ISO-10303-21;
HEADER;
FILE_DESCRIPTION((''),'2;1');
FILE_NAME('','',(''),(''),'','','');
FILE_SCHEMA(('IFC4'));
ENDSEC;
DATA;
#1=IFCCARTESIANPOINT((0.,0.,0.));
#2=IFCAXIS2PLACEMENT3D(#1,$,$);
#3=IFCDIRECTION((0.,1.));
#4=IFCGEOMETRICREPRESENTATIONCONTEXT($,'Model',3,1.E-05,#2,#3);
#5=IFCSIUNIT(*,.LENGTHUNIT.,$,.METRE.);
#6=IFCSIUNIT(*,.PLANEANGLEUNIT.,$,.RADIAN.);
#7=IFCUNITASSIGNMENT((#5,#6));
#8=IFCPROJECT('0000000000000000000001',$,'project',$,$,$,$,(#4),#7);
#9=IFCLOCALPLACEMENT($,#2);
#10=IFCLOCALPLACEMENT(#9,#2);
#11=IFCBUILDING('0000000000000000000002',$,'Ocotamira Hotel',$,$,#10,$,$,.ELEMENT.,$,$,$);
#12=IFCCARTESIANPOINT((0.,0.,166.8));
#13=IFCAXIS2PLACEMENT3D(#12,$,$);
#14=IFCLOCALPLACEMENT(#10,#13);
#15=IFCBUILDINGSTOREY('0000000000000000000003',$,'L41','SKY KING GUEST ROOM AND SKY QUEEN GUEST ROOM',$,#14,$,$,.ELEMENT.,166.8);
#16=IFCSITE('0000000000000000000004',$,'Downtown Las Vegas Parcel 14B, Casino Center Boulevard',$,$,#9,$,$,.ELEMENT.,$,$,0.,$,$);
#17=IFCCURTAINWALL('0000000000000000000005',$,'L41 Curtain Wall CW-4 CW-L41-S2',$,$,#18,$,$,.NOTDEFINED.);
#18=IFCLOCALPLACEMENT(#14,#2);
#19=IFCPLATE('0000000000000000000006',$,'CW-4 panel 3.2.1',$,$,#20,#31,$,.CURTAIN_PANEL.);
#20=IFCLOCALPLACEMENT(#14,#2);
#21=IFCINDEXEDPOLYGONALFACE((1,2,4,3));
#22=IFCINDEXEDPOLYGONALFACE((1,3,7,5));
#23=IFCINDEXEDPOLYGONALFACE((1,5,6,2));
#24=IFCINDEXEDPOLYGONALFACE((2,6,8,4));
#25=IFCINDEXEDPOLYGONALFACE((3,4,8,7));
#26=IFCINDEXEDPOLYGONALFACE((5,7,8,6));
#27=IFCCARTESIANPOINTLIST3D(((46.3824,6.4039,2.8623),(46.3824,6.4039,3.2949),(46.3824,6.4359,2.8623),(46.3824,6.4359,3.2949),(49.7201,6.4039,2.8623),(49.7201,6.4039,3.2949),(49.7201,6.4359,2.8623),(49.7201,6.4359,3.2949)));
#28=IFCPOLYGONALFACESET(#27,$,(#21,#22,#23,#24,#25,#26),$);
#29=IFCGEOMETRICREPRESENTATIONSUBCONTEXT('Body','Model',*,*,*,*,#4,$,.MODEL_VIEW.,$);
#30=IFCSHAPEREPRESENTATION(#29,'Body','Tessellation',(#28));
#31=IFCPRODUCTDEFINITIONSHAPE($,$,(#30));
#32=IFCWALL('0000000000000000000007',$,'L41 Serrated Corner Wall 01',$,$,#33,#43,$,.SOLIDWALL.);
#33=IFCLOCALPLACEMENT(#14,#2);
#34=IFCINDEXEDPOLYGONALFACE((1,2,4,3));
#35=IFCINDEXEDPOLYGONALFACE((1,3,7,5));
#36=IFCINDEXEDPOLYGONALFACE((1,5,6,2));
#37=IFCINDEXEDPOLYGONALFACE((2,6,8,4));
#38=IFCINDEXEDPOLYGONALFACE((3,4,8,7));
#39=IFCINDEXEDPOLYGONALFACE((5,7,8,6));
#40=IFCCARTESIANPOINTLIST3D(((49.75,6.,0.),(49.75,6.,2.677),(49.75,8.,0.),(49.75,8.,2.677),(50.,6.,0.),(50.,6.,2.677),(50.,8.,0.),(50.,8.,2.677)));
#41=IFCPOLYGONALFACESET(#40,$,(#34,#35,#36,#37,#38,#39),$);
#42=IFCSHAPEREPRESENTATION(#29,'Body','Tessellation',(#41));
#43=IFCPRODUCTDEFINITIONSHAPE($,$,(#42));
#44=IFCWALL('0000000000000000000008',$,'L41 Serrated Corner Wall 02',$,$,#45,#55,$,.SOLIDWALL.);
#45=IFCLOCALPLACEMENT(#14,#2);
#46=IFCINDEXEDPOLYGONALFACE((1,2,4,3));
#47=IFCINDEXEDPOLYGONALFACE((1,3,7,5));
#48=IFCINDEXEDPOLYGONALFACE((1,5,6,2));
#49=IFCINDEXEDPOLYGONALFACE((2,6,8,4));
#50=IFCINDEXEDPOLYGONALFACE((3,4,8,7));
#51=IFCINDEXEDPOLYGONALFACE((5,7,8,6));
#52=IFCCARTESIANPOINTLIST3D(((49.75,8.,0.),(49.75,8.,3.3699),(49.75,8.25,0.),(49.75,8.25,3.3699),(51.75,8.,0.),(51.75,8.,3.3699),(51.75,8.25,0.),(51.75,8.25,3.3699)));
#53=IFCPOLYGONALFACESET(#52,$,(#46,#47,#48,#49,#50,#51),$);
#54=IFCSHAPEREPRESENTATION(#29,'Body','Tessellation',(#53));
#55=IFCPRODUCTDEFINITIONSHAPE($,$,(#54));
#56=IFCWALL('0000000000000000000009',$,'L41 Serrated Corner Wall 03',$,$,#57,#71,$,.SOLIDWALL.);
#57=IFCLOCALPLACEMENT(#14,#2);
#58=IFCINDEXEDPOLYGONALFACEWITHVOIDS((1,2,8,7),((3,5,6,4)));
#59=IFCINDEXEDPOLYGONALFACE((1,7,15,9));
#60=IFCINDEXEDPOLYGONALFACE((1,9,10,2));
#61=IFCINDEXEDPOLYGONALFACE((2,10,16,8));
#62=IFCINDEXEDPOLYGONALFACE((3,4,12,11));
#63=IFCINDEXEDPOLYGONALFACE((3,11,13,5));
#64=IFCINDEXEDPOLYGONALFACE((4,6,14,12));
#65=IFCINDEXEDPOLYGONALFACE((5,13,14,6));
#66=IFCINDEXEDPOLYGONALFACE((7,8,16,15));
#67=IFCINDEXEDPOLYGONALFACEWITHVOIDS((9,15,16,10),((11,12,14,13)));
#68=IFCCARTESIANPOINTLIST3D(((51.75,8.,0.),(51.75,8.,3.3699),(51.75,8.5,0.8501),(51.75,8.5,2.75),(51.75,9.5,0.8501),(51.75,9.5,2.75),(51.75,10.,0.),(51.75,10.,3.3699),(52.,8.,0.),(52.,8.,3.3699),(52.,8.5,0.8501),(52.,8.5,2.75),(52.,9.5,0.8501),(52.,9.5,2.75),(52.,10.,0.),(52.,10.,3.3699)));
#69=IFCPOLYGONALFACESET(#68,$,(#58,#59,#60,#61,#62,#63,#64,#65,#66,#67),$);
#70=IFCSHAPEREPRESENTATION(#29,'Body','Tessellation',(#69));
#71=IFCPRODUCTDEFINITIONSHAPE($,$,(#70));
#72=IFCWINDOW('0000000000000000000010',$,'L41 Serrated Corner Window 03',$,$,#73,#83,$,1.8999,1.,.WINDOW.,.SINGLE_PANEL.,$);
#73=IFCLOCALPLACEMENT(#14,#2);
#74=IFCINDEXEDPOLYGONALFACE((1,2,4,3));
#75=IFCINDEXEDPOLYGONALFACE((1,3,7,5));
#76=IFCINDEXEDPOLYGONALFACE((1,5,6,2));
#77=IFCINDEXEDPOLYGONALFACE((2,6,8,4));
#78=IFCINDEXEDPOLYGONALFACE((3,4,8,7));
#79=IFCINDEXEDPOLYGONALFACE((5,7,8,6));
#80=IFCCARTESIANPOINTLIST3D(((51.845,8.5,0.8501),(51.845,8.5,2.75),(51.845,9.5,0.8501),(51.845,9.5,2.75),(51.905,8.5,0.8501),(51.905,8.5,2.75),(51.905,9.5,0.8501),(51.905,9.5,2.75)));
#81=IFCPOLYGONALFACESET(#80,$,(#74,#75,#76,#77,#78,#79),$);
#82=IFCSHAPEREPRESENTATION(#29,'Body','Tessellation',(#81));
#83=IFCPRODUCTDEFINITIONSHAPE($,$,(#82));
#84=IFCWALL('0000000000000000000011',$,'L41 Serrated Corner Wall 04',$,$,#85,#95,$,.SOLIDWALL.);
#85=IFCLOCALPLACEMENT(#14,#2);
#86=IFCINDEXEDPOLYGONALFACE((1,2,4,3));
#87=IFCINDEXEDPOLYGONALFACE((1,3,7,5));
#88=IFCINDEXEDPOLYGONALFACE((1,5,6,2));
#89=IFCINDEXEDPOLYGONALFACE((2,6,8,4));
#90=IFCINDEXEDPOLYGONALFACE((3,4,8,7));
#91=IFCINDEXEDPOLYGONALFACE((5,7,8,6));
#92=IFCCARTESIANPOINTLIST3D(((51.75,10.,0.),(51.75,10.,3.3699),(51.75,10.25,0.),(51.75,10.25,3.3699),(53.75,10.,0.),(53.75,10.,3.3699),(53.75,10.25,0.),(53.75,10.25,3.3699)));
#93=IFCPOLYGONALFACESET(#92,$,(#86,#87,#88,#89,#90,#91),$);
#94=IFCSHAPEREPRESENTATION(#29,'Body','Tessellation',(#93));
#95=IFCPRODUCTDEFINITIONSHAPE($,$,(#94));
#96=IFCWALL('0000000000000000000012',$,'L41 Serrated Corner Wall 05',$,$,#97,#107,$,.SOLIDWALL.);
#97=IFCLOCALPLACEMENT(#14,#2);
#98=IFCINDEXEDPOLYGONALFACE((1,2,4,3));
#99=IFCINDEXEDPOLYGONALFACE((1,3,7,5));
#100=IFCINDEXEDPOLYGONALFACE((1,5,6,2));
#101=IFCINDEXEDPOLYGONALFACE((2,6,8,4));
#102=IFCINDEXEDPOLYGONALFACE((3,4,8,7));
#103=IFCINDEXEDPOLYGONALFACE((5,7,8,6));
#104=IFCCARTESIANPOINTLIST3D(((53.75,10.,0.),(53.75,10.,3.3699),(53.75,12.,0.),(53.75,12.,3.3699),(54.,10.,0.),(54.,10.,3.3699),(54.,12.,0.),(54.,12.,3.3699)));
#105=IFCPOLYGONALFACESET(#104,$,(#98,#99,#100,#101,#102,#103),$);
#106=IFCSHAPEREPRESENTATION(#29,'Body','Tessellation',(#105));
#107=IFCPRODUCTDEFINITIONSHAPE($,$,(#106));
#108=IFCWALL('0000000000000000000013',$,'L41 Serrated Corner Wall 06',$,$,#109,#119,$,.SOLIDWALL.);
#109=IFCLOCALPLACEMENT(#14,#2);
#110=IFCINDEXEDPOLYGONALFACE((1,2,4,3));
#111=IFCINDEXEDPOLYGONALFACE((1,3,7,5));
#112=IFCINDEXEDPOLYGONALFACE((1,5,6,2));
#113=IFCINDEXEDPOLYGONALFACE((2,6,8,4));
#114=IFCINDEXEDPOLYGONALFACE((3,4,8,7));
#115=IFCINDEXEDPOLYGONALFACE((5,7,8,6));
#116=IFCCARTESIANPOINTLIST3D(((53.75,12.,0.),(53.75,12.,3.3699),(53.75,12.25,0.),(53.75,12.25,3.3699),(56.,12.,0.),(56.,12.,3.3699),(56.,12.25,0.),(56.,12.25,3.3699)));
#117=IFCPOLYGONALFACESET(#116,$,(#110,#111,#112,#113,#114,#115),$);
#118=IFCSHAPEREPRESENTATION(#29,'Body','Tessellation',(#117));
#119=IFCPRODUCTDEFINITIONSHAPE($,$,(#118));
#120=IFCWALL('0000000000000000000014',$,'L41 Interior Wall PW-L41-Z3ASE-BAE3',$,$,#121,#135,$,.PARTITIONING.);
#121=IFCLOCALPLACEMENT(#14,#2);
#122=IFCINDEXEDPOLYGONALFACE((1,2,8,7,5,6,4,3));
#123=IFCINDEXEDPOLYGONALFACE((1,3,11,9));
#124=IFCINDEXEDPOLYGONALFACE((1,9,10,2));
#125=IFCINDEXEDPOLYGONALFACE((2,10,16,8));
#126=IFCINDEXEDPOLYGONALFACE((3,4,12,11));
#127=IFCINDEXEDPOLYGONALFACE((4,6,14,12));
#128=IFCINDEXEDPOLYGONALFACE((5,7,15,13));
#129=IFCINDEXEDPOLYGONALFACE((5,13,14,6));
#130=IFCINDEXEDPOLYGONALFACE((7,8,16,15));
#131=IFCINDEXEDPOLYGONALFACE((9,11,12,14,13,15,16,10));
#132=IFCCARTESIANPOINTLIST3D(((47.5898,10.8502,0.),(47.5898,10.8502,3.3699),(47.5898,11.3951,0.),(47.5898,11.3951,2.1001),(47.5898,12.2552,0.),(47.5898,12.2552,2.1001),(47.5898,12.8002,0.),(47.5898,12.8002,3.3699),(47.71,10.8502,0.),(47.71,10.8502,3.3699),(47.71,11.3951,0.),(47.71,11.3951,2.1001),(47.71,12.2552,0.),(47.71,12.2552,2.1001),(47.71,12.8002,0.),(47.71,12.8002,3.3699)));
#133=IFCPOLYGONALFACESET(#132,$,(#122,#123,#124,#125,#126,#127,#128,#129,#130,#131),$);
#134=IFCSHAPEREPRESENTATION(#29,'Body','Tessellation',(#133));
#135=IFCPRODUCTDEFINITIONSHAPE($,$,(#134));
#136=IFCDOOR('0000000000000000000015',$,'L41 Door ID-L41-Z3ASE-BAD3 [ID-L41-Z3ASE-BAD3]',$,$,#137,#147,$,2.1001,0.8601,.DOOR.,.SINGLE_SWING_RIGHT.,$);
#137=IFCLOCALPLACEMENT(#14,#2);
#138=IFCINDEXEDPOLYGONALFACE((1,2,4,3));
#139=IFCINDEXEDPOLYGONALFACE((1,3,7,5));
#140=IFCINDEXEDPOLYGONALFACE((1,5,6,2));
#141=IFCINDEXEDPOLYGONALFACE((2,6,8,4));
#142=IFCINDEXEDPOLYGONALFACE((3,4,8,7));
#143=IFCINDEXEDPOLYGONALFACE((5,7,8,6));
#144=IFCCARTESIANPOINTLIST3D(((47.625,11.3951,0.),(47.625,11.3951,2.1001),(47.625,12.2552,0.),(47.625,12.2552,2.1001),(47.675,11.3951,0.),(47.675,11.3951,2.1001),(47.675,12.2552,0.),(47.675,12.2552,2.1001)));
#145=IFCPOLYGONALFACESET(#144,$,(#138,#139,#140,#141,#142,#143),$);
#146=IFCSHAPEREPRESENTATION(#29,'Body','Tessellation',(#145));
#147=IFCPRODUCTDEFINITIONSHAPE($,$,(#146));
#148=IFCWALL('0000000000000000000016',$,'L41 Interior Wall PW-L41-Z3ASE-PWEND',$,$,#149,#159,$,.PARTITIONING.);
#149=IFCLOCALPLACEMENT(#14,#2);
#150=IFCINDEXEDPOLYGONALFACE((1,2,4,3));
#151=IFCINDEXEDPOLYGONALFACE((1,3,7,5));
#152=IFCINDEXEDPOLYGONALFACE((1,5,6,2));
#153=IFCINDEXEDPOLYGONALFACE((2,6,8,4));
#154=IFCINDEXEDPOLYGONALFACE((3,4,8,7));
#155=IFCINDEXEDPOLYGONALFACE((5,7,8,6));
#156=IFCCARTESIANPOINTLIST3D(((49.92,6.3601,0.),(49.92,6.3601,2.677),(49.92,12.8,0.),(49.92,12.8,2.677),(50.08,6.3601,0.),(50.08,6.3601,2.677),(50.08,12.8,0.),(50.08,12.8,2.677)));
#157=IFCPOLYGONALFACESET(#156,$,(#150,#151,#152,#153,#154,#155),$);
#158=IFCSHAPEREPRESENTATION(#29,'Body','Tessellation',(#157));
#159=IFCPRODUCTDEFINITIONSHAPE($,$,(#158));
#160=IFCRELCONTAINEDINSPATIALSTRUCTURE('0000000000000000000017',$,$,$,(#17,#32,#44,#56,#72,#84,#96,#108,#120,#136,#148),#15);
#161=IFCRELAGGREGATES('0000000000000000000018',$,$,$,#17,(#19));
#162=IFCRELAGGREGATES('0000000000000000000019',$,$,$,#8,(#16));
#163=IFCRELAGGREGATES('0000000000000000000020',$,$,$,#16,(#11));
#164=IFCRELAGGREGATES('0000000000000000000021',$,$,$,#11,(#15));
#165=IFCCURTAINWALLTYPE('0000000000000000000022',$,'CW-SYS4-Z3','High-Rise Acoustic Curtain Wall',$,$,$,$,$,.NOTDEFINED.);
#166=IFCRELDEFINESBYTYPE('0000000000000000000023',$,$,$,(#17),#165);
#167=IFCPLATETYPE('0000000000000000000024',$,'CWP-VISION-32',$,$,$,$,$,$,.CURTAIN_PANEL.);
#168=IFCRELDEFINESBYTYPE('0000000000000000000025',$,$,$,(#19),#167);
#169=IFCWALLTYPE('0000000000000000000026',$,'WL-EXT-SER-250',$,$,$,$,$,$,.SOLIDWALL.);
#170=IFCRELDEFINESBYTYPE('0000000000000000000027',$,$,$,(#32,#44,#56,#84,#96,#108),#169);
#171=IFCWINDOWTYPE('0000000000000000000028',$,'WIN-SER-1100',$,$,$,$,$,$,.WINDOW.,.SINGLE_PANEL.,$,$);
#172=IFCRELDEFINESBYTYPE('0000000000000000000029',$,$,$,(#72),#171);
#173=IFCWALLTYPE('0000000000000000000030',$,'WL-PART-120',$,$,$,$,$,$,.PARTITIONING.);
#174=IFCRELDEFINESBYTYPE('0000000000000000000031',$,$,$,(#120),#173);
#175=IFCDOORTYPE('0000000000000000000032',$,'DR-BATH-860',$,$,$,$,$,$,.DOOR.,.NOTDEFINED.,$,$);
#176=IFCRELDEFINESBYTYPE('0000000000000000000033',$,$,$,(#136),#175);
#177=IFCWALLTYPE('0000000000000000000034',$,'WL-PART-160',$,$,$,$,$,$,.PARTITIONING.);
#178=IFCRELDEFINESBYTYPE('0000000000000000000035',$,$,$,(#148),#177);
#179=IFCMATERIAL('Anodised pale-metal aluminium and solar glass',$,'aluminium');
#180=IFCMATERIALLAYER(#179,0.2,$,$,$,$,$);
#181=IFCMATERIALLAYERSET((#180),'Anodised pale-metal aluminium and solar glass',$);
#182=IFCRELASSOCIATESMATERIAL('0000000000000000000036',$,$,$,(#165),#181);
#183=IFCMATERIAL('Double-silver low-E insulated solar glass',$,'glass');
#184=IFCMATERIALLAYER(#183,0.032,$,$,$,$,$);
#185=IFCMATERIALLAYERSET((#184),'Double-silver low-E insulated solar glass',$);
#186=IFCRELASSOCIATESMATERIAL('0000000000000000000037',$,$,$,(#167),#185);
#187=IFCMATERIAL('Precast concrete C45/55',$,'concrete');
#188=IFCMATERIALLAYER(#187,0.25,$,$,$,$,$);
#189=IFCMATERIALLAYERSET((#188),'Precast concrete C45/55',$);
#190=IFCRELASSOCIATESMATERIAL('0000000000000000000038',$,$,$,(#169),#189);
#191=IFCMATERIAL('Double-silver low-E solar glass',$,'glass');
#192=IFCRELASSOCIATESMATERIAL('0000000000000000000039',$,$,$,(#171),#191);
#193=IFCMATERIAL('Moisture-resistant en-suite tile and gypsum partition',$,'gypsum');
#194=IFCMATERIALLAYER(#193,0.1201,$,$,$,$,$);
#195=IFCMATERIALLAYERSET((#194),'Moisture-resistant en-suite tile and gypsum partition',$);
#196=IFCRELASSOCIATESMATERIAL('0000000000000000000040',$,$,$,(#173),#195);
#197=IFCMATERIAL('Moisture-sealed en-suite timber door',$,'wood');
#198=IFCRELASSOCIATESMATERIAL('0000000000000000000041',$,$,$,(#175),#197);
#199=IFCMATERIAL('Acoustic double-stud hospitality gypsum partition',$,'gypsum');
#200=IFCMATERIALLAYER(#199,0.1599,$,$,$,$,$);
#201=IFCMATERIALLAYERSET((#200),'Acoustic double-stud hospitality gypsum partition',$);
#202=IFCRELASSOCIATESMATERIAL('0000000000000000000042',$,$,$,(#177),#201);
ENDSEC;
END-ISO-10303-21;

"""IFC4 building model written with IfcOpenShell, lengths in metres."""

from ifc_helpers import new_model, si_unit, direction, frame, frame_2d, origin, origin_2d, place, context, subcontext, project, spatial, rectangle, extrude, source, transform, mapped, material, layer, layer_set, type_object, element, fill, aggregate, save


model = new_model("IFC4")

# Units and contexts
model_context = context("Model", 3, precision=1e-05, world=origin(), true_north=direction((0.0, 1.0)))
body_context = subcontext(model_context, "Body", "Model", "MODEL_VIEW")
ifc_project = project(units=[si_unit("LENGTHUNIT", "METRE"), si_unit("PLANEANGLEUNIT", "RADIAN")], contexts=[model_context])

# Site, building, storey
site_placement = place(None, origin())
site = spatial("IfcSite", under=ifc_project, at=site_placement, Name="Downtown Las Vegas Parcel 14B, Casino Center Boulevard", CompositionType="ELEMENT", RefElevation=0.0)
building_placement = place(site_placement, origin())
building = spatial("IfcBuilding", under=site, at=building_placement, Name="Ocotamira Hotel", CompositionType="ELEMENT")
storey_placement = place(building_placement, frame((0.0, 0.0, 166.8)))
storey = spatial("IfcBuildingStorey", under=building, at=storey_placement, Name="L41", Description="SKY KING GUEST ROOM AND SKY QUEEN GUEST ROOM", CompositionType="ELEMENT", Elevation=166.8)

# Curtain wall
ifc_material_1 = material(Name="Anodised pale-metal aluminium and solar glass", Category="aluminium")
ifc_layer_1 = layer(ifc_material_1, 0.2)
ifc_layer_set_1 = layer_set([ifc_layer_1], Name="Anodised pale-metal aluminium and solar glass")
curtain_wall_type = type_object("IfcCurtainWallType", Name="CW-SYS4-Z3", Description="High-Rise Acoustic Curtain Wall", PredefinedType="NOTDEFINED", material=ifc_layer_set_1)
curtain_wall_1_placement = place(storey_placement, origin())
curtain_wall_1 = element("IfcCurtainWall", 1, at=curtain_wall_1_placement, inside=storey, type_object=curtain_wall_type, Name="L41 Curtain Wall CW-4 CW-L41-S2", PredefinedType="NOTDEFINED")

# Plate
ifc_material_2 = material(Name="Double-silver low-E insulated solar glass", Category="glass")
ifc_layer_2 = layer(ifc_material_2, 0.032)
ifc_layer_set_2 = layer_set([ifc_layer_2], Name="Double-silver low-E insulated solar glass")
plate_type = type_object("IfcPlateType", Name="CWP-VISION-32", PredefinedType="CURTAIN_PANEL", material=ifc_layer_set_2)
shared_shape_1 = source(origin(), body_context, "Body", "SweptSolid", [
    extrude(rectangle(XDim=3.3376, YDim=0.032, at=origin_2d()), origin(), (0.0, 0.0, 1.0), 0.4326),
])
plate_1_placement = place(storey_placement, frame((48.0513, 6.4199, 2.8623), z_axis=(0.0, 0.0, 1.0), x_axis=(1.0, 0.0, 0.0)))
plate_1 = element("IfcPlate", 2, at=plate_1_placement, type_object=plate_type, Name="CW-4 panel 3.2.1", PredefinedType="CURTAIN_PANEL", context=body_context, shape_type="MappedRepresentation", body=[
    mapped(shared_shape_1, transform((0.0, 0.0, 0.0), scale=1.0)),
])
aggregate(curtain_wall_1, [plate_1])

# Walls
ifc_material_3 = material(Name="Precast concrete C45/55", Category="concrete")
ifc_layer_3 = layer(ifc_material_3, 0.25)
ifc_layer_set_3 = layer_set([ifc_layer_3], Name="Precast concrete C45/55")
wall_type_1 = type_object("IfcWallType", Name="WL-EXT-SER-250", PredefinedType="SOLIDWALL", material=ifc_layer_set_3)
wall_1_placement = place(storey_placement, frame((49.875, 6.0, 0.0), z_axis=(0.0, 0.0, 1.0), x_axis=(0.0, 1.0, 0.0)))
element("IfcWall", 3, at=wall_1_placement, inside=storey, type_object=wall_type_1, Name="L41 Serrated Corner Wall 01", PredefinedType="SOLIDWALL", context=body_context, shape_type="SweptSolid", body=[
    extrude(rectangle(XDim=2.0, YDim=0.25, at=frame_2d((1.0, 0.0))), origin(), (0.0, 0.0, 1.0), 2.677),
])
wall_2_placement = place(storey_placement, frame((49.75, 8.125, 0.0), z_axis=(0.0, 0.0, 1.0), x_axis=(1.0, 0.0, 0.0)))
element("IfcWall", 4, at=wall_2_placement, inside=storey, type_object=wall_type_1, Name="L41 Serrated Corner Wall 02", PredefinedType="SOLIDWALL", context=body_context, shape_type="SweptSolid", body=[
    extrude(rectangle(XDim=2.0, YDim=0.25, at=frame_2d((1.0, 0.0))), origin(), (0.0, 0.0, 1.0), 3.3699),
])

# Wall, opening, window
wall_3_placement = place(storey_placement, frame((51.875, 8.0, 0.0), z_axis=(0.0, 0.0, 1.0), x_axis=(0.0, 1.0, 0.0)))
wall_3 = element("IfcWall", 5, at=wall_3_placement, inside=storey, type_object=wall_type_1, Name="L41 Serrated Corner Wall 03", PredefinedType="SOLIDWALL", context=body_context, shape_type="SweptSolid", body=[
    extrude(rectangle(XDim=2.0, YDim=0.25, at=frame_2d((1.0, 0.0))), origin(), (0.0, 0.0, 1.0), 3.3699),
])
opening_1_placement = place(wall_3_placement, frame((0.5, 0.0, 0.8501)))
opening_1 = element("IfcOpeningElement", 6, at=opening_1_placement, cuts=wall_3, PredefinedType="OPENING", context=body_context, shape_type="SweptSolid", body=[
    extrude(rectangle(XDim=1.0, YDim=1.8999, at=frame_2d((0.5, 0.95))), frame((0.0, 0.135, 0.0), z_axis=(0.0, -1.0, 0.0), x_axis=(1.0, 0.0, 0.0)), (0.0, 0.0, 1.0), 0.27),
])
ifc_material_4 = material(Name="Double-silver low-E solar glass", Category="glass")
window_type = type_object("IfcWindowType", Name="WIN-SER-1100", PartitioningType="SINGLE_PANEL", PredefinedType="WINDOW", material=ifc_material_4)
shared_shape_2 = source(origin(), body_context, "Body", "SweptSolid", [
    extrude(rectangle(XDim=1.0, YDim=1.8999, at=frame_2d((0.5, 0.95))), frame((0.0, 0.03, 0.0), z_axis=(0.0, -1.0, 0.0), x_axis=(1.0, 0.0, 0.0)), (0.0, 0.0, 1.0), 0.0601),
])
window_placement = place(opening_1_placement, origin())
window = element("IfcWindow", 7, at=window_placement, inside=storey, type_object=window_type, Name="L41 Serrated Corner Window 03", OverallHeight=1.8999, OverallWidth=1.0, PartitioningType="SINGLE_PANEL", PredefinedType="WINDOW", context=body_context, shape_type="MappedRepresentation", body=[
    mapped(shared_shape_2, transform((0.0, 0.0, 0.0), scale=1.0)),
])
fill(opening_1, window)

# Walls
for number, where, z_axis, x_axis, name in (
    (8, (51.75, 10.125, 0.0), (0.0, 0.0, 1.0), (1.0, 0.0, 0.0), "L41 Serrated Corner Wall 04"),
    (9, (53.875, 10.0, 0.0), (0.0, 0.0, 1.0), (0.0, 1.0, 0.0), "L41 Serrated Corner Wall 05"),
):
    element("IfcWall", number, at=place(storey_placement, frame(where, z_axis=z_axis, x_axis=x_axis)), inside=storey, type_object=wall_type_1, Name=name, PredefinedType="SOLIDWALL", context=body_context, shape_type="SweptSolid", body=[
        extrude(rectangle(XDim=2.0, YDim=0.25, at=frame_2d((1.0, 0.0))), origin(), (0.0, 0.0, 1.0), 3.3699),
    ])
wall_4_placement = place(storey_placement, frame((53.75, 12.125, 0.0), z_axis=(0.0, 0.0, 1.0), x_axis=(1.0, 0.0, 0.0)))
element("IfcWall", 10, at=wall_4_placement, inside=storey, type_object=wall_type_1, Name="L41 Serrated Corner Wall 06", PredefinedType="SOLIDWALL", context=body_context, shape_type="SweptSolid", body=[
    extrude(rectangle(XDim=2.25, YDim=0.25, at=frame_2d((1.125, 0.0))), origin(), (0.0, 0.0, 1.0), 3.3699),
])

# Wall, opening, door
ifc_material_5 = material(Name="Moisture-resistant en-suite tile and gypsum partition", Category="gypsum")
ifc_layer_4 = layer(ifc_material_5, 0.1201)
ifc_layer_set_4 = layer_set([ifc_layer_4], Name="Moisture-resistant en-suite tile and gypsum partition")
wall_type_2 = type_object("IfcWallType", Name="WL-PART-120", PredefinedType="PARTITIONING", material=ifc_layer_set_4)
wall_5_placement = place(storey_placement, frame((47.6499, 10.8501, 0.0), z_axis=(0.0, 0.0, 1.0), x_axis=(0.0, 1.0, 0.0)))
wall_5 = element("IfcWall", 11, at=wall_5_placement, inside=storey, type_object=wall_type_2, Name="L41 Interior Wall PW-L41-Z3ASE-BAE3", PredefinedType="PARTITIONING", context=body_context, shape_type="SweptSolid", body=[
    extrude(rectangle(XDim=1.95, YDim=0.1201, at=frame_2d((0.9751, 0.0))), origin(), (0.0, 0.0, 1.0), 3.3699),
])
opening_2_placement = place(wall_5_placement, frame((0.5449, 0.0, 0.0)))
opening_2 = element("IfcOpeningElement", 12, at=opening_2_placement, cuts=wall_5, PredefinedType="OPENING", context=body_context, shape_type="SweptSolid", body=[
    extrude(rectangle(XDim=0.8601, YDim=2.1001, at=frame_2d((0.4302, 1.05))), frame((0.0, 0.0701, 0.0), z_axis=(0.0, -1.0, 0.0), x_axis=(1.0, 0.0, 0.0)), (0.0, 0.0, 1.0), 0.1401),
])
ifc_material_6 = material(Name="Moisture-sealed en-suite timber door", Category="wood")
door_type = type_object("IfcDoorType", Name="DR-BATH-860", OperationType="NOTDEFINED", PredefinedType="DOOR", material=ifc_material_6)
shared_shape_3 = source(origin(), body_context, "Body", "SweptSolid", [
    extrude(rectangle(XDim=0.8601, YDim=2.1001, at=frame_2d((0.4302, 1.05))), frame((0.0, 0.0249, 0.0), z_axis=(0.0, -1.0, 0.0), x_axis=(1.0, 0.0, 0.0)), (0.0, 0.0, 1.0), 0.05),
])
door_placement = place(opening_2_placement, origin())
door = element("IfcDoor", 13, at=door_placement, inside=storey, type_object=door_type, Name="L41 Door ID-L41-Z3ASE-BAD3 [ID-L41-Z3ASE-BAD3]", OperationType="SINGLE_SWING_RIGHT", OverallHeight=2.1001, OverallWidth=0.8601, PredefinedType="DOOR", context=body_context, shape_type="MappedRepresentation", body=[
    mapped(shared_shape_3, transform((0.0, 0.0, 0.0), scale=1.0)),
])
fill(opening_2, door)

# Wall
ifc_material_7 = material(Name="Acoustic double-stud hospitality gypsum partition", Category="gypsum")
ifc_layer_5 = layer(ifc_material_7, 0.1599)
ifc_layer_set_5 = layer_set([ifc_layer_5], Name="Acoustic double-stud hospitality gypsum partition")
wall_type_3 = type_object("IfcWallType", Name="WL-PART-160", PredefinedType="PARTITIONING", material=ifc_layer_set_5)
wall_6_placement = place(storey_placement, frame((50.0, 6.3601, 0.0), z_axis=(0.0, 0.0, 1.0), x_axis=(0.0, 1.0, 0.0)))
element("IfcWall", 14, at=wall_6_placement, inside=storey, type_object=wall_type_3, Name="L41 Interior Wall PW-L41-Z3ASE-PWEND", PredefinedType="PARTITIONING", context=body_context, shape_type="SweptSolid", body=[
    extrude(rectangle(XDim=6.4399, YDim=0.1599, at=frame_2d((3.22, 0.0))), origin(), (0.0, 0.0, 1.0), 2.677),
])

save(model, "model.ifc")
